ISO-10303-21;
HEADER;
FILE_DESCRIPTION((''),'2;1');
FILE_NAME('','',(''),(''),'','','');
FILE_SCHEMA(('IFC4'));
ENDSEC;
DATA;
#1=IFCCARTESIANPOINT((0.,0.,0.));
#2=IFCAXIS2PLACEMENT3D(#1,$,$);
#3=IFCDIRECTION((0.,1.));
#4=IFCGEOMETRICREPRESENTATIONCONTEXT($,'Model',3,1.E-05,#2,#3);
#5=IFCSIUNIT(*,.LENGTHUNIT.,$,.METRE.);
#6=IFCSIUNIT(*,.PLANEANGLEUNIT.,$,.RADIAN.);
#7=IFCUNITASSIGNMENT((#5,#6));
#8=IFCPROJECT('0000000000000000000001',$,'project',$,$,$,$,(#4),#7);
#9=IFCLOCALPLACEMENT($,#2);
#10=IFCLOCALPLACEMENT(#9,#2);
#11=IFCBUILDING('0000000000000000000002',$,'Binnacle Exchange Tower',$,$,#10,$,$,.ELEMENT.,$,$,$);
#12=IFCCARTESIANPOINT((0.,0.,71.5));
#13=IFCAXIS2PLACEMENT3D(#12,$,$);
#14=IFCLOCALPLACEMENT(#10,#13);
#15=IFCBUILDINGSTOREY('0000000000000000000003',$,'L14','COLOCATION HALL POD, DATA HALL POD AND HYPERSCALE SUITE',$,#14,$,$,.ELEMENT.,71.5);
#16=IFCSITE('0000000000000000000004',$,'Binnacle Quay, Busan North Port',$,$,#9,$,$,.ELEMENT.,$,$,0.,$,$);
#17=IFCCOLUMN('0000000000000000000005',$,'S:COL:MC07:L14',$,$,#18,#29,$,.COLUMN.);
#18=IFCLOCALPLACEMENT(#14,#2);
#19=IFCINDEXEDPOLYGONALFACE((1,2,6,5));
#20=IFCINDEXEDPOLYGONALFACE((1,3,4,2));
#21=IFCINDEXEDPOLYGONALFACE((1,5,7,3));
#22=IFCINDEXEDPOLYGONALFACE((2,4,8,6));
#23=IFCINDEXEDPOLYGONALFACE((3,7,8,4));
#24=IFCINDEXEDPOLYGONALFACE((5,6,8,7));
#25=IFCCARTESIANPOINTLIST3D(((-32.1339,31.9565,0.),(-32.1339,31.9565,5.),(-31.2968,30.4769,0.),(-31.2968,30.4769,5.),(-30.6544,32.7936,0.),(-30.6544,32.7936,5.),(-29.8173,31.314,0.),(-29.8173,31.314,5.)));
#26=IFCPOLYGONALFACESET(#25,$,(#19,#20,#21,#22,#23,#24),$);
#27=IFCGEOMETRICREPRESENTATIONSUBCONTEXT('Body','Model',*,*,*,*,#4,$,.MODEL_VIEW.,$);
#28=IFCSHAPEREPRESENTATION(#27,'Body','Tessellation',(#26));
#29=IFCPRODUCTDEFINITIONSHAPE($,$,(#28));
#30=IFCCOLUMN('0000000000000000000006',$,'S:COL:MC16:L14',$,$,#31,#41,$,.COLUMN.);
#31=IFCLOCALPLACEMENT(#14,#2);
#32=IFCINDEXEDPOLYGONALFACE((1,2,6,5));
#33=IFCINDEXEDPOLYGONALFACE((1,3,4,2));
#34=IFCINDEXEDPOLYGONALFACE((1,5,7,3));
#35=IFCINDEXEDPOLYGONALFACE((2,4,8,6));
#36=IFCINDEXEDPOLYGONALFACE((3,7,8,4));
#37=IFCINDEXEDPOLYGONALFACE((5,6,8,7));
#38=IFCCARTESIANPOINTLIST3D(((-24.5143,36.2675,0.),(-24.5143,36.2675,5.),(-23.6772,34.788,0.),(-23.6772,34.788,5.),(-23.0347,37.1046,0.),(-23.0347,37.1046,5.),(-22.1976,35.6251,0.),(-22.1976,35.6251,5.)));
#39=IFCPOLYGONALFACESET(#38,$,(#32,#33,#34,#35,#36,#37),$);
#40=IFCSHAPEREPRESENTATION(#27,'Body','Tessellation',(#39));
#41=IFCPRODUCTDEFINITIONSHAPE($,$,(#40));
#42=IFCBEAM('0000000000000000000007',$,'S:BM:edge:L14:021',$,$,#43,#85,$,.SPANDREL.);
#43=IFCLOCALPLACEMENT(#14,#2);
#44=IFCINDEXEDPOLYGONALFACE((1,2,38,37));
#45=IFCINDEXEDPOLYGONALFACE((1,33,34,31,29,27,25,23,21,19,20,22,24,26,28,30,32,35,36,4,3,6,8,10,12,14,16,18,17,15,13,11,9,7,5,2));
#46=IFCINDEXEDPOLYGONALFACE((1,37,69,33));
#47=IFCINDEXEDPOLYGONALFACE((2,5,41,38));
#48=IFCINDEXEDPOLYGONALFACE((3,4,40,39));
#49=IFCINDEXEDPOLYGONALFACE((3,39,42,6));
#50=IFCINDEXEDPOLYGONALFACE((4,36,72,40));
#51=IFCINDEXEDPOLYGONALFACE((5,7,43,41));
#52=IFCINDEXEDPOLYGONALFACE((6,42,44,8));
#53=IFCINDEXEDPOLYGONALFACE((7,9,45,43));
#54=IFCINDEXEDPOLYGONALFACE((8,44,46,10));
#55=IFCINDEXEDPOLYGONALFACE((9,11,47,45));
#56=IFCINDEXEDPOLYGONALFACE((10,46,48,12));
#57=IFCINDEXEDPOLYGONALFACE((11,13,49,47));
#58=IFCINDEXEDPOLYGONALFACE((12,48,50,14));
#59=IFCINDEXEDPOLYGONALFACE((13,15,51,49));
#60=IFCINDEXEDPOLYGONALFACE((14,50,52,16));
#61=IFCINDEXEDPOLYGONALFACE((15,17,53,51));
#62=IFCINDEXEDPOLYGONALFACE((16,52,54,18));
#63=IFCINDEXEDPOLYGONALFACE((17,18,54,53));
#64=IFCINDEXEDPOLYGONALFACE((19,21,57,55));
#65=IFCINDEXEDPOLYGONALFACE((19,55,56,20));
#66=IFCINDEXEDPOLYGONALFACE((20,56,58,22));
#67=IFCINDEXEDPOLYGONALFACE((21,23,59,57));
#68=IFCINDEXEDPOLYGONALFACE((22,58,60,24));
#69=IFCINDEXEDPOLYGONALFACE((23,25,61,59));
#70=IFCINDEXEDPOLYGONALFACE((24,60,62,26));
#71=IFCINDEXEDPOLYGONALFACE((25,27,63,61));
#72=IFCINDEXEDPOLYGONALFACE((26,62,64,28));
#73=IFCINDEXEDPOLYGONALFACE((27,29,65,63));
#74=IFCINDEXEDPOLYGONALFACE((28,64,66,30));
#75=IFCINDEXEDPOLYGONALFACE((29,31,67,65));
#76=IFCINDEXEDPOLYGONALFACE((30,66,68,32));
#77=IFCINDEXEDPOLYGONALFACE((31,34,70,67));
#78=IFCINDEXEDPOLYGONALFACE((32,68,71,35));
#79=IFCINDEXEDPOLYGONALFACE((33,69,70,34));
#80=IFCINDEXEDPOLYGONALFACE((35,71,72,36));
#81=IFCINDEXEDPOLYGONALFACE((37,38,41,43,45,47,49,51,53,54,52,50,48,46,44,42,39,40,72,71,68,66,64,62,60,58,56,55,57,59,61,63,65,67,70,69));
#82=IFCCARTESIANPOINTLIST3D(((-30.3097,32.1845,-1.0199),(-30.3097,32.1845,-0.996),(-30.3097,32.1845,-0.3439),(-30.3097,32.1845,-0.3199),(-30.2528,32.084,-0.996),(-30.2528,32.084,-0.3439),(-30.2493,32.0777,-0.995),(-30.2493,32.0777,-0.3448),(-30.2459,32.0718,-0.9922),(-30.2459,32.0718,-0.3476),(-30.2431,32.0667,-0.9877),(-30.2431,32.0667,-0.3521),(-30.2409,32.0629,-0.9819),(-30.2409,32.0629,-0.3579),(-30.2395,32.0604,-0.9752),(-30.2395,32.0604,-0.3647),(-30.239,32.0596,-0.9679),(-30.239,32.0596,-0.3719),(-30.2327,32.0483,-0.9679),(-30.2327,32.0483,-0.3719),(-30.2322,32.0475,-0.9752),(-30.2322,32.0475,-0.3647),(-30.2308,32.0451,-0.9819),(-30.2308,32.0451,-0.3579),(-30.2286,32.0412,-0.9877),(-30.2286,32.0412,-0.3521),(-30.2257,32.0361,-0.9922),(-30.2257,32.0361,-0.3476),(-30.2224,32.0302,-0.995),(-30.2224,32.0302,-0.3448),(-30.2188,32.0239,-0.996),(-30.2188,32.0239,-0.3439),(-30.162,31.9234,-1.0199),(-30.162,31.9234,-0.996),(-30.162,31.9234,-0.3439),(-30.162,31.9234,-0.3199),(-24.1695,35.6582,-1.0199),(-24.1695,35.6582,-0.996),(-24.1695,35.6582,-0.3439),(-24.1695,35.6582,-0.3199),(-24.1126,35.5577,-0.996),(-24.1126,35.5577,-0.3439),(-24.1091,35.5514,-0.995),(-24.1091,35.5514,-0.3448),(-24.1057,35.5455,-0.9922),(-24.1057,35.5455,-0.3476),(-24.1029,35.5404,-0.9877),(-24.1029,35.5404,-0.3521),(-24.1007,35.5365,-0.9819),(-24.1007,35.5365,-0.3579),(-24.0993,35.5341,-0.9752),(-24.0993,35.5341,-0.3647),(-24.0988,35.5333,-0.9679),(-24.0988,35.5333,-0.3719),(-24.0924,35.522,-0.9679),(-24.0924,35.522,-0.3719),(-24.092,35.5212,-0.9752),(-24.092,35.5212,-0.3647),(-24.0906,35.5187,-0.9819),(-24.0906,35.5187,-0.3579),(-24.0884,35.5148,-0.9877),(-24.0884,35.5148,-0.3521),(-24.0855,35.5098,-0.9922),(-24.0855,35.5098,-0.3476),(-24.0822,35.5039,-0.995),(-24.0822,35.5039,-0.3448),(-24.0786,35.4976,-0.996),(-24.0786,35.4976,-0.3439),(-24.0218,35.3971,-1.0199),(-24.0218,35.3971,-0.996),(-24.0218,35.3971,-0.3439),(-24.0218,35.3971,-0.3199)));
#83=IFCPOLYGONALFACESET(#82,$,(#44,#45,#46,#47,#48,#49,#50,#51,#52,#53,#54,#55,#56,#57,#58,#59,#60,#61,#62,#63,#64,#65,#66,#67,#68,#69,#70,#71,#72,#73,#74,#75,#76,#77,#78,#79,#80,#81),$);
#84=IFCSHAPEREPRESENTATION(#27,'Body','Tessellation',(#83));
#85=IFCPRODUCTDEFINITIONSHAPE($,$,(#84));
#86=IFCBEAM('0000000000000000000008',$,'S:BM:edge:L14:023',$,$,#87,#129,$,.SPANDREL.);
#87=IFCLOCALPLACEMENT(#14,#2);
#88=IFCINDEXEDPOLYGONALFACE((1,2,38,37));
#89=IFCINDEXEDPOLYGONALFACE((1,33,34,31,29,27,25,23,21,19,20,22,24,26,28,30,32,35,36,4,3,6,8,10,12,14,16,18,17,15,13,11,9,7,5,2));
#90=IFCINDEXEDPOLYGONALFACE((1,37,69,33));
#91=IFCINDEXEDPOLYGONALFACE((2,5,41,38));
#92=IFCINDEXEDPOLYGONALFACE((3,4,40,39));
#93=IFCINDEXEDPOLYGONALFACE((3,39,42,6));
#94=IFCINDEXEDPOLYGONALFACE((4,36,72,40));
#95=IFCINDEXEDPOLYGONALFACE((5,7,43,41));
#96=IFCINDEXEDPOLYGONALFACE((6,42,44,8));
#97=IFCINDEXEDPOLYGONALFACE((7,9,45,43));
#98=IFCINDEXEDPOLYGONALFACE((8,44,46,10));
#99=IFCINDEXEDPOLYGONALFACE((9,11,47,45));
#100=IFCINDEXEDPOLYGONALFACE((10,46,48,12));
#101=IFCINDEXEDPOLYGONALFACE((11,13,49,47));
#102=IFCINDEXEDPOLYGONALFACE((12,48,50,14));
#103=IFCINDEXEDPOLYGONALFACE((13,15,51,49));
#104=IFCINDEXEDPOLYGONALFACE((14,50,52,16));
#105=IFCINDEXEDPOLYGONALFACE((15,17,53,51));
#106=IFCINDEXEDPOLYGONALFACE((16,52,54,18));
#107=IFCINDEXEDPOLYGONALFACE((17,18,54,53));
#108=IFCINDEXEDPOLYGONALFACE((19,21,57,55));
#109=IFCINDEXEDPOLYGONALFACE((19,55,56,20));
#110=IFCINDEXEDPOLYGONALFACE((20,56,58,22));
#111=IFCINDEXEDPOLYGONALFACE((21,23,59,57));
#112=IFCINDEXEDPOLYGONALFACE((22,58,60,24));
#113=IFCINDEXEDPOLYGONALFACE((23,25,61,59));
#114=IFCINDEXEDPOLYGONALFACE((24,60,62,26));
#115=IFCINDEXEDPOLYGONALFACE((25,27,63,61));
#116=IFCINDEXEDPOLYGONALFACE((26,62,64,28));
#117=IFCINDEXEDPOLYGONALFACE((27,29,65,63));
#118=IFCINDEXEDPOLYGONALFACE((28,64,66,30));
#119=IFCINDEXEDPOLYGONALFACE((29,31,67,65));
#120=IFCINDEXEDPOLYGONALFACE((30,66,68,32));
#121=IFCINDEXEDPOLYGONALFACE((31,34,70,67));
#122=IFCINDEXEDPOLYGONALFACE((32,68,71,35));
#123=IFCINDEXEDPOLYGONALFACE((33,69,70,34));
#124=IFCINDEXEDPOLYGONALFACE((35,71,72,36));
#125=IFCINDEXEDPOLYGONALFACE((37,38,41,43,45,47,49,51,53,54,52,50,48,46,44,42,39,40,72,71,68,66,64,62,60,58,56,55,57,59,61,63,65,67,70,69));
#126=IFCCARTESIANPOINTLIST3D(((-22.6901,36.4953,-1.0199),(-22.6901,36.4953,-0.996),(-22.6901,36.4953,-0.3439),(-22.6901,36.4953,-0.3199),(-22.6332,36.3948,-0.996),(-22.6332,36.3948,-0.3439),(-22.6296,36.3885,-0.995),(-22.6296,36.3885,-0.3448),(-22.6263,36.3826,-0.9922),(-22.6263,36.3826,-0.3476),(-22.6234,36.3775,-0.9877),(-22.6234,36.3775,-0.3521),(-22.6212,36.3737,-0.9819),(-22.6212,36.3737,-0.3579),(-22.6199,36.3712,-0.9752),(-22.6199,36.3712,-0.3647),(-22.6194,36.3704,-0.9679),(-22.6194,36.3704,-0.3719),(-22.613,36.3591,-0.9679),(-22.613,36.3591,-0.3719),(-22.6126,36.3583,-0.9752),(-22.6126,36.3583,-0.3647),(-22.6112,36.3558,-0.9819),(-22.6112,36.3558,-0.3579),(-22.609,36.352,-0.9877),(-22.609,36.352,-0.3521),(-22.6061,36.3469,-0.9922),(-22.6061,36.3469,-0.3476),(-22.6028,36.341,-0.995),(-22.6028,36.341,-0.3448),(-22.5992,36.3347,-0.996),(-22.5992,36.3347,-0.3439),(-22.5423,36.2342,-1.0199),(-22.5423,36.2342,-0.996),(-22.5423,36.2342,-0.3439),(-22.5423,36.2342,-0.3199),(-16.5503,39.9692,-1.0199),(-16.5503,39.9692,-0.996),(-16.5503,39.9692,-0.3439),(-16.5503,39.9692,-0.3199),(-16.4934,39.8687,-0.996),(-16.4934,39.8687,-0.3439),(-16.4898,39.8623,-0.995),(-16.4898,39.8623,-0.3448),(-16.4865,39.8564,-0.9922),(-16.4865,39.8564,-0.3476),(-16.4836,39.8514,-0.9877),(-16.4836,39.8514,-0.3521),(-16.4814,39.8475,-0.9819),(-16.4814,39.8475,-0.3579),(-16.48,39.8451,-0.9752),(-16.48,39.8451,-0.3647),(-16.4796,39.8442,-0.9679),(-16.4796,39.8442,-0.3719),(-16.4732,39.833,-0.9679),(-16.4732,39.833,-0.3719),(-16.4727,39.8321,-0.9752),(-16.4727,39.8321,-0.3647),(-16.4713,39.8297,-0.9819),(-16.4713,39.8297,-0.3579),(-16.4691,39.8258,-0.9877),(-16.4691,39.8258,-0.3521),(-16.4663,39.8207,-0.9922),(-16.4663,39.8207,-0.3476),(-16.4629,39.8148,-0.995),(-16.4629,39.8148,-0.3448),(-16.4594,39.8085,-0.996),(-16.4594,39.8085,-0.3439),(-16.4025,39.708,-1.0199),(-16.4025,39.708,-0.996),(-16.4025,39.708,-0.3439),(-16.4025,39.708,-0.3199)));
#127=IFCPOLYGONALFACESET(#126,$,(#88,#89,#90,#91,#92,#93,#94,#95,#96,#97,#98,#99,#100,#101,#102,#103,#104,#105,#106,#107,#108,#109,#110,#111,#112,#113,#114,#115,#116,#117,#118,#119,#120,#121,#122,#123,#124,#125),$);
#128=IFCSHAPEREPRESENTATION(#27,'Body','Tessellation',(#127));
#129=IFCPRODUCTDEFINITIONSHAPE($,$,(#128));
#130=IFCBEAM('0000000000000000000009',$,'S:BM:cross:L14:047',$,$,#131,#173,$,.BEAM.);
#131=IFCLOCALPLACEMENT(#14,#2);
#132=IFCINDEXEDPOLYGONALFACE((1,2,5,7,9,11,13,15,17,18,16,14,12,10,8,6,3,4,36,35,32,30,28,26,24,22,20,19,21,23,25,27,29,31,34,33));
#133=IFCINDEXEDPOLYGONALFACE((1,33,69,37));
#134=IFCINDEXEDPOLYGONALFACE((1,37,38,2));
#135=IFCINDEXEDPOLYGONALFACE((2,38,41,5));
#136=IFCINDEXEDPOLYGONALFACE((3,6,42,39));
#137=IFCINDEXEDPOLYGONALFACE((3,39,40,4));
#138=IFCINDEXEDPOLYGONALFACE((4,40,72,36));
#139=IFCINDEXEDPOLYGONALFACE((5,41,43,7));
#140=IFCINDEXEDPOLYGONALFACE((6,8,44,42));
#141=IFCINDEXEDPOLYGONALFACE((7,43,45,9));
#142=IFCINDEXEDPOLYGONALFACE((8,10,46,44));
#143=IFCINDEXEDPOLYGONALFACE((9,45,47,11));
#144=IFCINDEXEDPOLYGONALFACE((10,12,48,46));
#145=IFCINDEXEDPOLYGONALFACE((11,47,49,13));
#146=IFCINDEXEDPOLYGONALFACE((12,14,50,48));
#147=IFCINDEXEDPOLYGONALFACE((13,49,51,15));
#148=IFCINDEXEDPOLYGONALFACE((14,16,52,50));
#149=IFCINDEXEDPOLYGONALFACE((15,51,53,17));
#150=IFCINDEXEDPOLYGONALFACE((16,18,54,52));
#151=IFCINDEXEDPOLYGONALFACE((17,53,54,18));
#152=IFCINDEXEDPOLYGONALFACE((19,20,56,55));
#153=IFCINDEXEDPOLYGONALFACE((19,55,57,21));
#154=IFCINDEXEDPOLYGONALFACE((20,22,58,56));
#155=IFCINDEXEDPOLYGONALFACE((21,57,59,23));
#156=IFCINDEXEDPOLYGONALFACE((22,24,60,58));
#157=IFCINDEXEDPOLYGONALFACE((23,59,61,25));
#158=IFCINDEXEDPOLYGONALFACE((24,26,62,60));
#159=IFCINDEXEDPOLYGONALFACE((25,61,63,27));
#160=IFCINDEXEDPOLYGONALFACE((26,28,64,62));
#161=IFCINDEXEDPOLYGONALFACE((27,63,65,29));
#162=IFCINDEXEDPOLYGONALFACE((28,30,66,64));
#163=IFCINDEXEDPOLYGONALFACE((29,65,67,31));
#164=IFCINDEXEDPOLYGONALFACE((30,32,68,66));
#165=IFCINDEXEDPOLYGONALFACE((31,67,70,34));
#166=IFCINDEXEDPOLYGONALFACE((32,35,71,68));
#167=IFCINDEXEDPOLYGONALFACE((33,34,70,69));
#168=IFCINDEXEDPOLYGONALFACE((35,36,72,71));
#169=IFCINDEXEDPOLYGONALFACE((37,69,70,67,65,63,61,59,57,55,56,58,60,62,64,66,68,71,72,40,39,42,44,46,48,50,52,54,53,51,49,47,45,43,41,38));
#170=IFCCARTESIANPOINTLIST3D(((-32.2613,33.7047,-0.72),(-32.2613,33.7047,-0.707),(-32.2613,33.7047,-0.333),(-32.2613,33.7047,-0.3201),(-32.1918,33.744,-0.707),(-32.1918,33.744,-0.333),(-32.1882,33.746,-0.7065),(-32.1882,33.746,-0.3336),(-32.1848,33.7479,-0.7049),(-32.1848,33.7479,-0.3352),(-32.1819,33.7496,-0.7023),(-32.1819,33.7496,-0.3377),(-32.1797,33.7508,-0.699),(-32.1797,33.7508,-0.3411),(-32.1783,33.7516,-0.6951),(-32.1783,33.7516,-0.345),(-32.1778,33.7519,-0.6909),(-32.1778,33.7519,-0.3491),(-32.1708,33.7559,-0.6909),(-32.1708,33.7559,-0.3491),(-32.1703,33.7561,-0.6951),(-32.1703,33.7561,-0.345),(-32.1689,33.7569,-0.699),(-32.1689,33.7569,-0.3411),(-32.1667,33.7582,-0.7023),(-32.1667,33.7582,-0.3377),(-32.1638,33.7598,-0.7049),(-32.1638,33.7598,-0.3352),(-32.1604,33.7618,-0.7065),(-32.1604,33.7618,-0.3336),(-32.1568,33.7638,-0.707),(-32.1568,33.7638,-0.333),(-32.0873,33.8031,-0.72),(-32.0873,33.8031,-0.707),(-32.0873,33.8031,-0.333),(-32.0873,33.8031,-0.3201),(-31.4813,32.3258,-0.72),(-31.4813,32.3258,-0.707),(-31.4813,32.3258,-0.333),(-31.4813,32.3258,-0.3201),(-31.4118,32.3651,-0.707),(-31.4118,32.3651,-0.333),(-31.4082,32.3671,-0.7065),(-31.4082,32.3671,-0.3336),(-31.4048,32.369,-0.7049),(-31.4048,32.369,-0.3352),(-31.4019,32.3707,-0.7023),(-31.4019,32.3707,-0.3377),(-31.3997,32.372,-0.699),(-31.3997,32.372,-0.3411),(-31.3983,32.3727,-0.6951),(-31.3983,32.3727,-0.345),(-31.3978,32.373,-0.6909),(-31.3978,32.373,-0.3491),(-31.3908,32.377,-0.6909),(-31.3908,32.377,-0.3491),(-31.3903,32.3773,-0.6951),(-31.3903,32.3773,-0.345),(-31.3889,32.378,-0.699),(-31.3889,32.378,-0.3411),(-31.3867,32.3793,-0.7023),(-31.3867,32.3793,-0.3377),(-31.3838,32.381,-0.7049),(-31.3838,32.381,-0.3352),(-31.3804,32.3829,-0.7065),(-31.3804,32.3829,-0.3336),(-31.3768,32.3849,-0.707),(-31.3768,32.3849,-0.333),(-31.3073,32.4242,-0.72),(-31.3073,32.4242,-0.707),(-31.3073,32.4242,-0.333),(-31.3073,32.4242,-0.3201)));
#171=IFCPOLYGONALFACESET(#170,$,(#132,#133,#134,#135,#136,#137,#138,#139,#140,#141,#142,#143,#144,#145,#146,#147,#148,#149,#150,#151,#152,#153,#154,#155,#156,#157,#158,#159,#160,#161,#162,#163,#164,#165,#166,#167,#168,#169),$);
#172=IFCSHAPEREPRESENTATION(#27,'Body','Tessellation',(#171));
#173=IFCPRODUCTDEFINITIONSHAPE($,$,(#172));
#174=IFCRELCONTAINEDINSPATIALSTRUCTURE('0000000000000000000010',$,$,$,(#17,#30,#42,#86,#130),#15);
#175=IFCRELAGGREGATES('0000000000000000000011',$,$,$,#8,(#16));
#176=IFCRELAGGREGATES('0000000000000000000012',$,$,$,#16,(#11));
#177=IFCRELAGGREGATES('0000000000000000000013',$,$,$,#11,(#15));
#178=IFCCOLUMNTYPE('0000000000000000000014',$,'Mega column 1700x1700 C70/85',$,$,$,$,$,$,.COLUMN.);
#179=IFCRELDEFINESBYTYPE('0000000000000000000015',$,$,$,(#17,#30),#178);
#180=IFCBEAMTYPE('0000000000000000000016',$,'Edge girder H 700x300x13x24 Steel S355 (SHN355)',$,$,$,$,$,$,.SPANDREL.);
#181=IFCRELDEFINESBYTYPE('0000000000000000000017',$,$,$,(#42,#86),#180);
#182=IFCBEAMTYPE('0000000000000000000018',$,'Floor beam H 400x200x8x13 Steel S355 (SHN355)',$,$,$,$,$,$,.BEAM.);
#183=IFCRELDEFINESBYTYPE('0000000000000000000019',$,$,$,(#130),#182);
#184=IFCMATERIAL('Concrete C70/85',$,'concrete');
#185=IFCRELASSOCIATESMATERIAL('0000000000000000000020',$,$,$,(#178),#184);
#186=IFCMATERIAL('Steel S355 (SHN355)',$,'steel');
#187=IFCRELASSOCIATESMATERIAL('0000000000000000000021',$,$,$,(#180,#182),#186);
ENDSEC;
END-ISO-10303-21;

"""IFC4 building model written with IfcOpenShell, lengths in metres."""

from ifc_helpers import new_model, si_unit, direction, frame, origin, origin_2d, place, context, subcontext, project, spatial, rectangle, i_section, extrude, material, material_profile, profile_set, type_object, element, save


model = new_model("IFC4")

# Units and contexts
model_context = context("Model", 3, precision=1e-05, world=origin(), true_north=direction((0.0, 1.0)))
body_context = subcontext(model_context, "Body", "Model", "MODEL_VIEW")
ifc_project = project(units=[si_unit("LENGTHUNIT", "METRE"), si_unit("PLANEANGLEUNIT", "RADIAN")], contexts=[model_context])

# Site, building, storey
site_placement = place(None, origin())
site = spatial("IfcSite", under=ifc_project, at=site_placement, Name="Binnacle Quay, Busan North Port", CompositionType="ELEMENT", RefElevation=0.0)
building_placement = place(site_placement, origin())
building = spatial("IfcBuilding", under=site, at=building_placement, Name="Binnacle Exchange Tower", CompositionType="ELEMENT")
storey_placement = place(building_placement, frame((0.0, 0.0, 71.5)))
storey = spatial("IfcBuildingStorey", under=building, at=storey_placement, Name="L14", Description="COLOCATION HALL POD, DATA HALL POD AND HYPERSCALE SUITE", CompositionType="ELEMENT", Elevation=71.5)

# Columns
ifc_material_1 = material(Name="Concrete C70/85", Category="concrete")
ifc_material_profile_1 = material_profile(ifc_material_1, rectangle(XDim=1.7, YDim=1.7, at=origin_2d()), Name="Mega column 1700x1700 C70/85")
ifc_profile_set_1 = profile_set([ifc_material_profile_1], Name="Concrete C70/85")
column_type = type_object("IfcColumnType", Name="Mega column 1700x1700 C70/85", PredefinedType="COLUMN", material=ifc_profile_set_1)
for number, where, z_axis, x_axis, name in (
    (1, (-30.9756, 31.6353, 0.0), (0.0, 0.0, 1.0), (0.870356, 0.492424, 0.0), "S:COL:MC07:L14"),
    (2, (-23.356, 35.9463, 0.0), (0.0, 0.0, 1.0), (0.870356, 0.492424, 0.0), "S:COL:MC16:L14"),
):
    element("IfcColumn", number, at=place(storey_placement, frame(where, z_axis=z_axis, x_axis=x_axis)), inside=storey, type_object=column_type, Name=name, PredefinedType="COLUMN", context=body_context, shape_type="SweptSolid", body=[
        extrude(rectangle(XDim=1.7, YDim=1.7, at=origin_2d()), origin(), (0.0, 0.0, 1.0), 5.0),
    ])

# Beams
ifc_material_2 = material(Name="Steel S355 (SHN355)", Category="steel")
ifc_material_profile_2 = material_profile(ifc_material_2, i_section(OverallWidth=0.3, OverallDepth=0.7, WebThickness=0.0129, FlangeThickness=0.0239, FilletRadius=0.0281, at=origin_2d()), Name="H 700x300x13x24")
ifc_profile_set_2 = profile_set([ifc_material_profile_2], Name="Steel S355 (SHN355)")
beam_type_1 = type_object("IfcBeamType", Name="Edge girder H 700x300x13x24 Steel S355 (SHN355)", PredefinedType="SPANDREL", material=ifc_profile_set_2)
beam_1_placement = place(storey_placement, frame((-30.2358, 32.054, -0.6699), z_axis=(0.870373, 0.492392, 0.0), x_axis=(-0.492392, 0.870373, 0.0)))
element("IfcBeam", 3, at=beam_1_placement, inside=storey, type_object=beam_type_1, Name="S:BM:edge:L14:021", PredefinedType="SPANDREL", context=body_context, shape_type="SweptSolid", body=[
    extrude(i_section(OverallWidth=0.3, OverallDepth=0.7, WebThickness=0.0129, FlangeThickness=0.0239, FilletRadius=0.0281, at=origin_2d()), origin(), (0.0, 0.0, 1.0), 7.0547),
])
beam_2_placement = place(storey_placement, frame((-22.6162, 36.3647, -0.6699), z_axis=(0.87035, 0.492434, 0.0), x_axis=(-0.492434, 0.87035, 0.0)))
element("IfcBeam", 4, at=beam_2_placement, inside=storey, type_object=beam_type_1, Name="S:BM:edge:L14:023", PredefinedType="SPANDREL", context=body_context, shape_type="SweptSolid", body=[
    extrude(i_section(OverallWidth=0.3, OverallDepth=0.7, WebThickness=0.0129, FlangeThickness=0.0239, FilletRadius=0.0281, at=origin_2d()), origin(), (0.0, 0.0, 1.0), 7.0544),
])
ifc_material_profile_3 = material_profile(ifc_material_2, i_section(OverallWidth=0.2, OverallDepth=0.3999, WebThickness=0.0081, FlangeThickness=0.0129, FilletRadius=0.0161, at=origin_2d()), Name="H 400x200x8x13")
ifc_profile_set_3 = profile_set([ifc_material_profile_3], Name="Steel S355 (SHN355)")
beam_type_2 = type_object("IfcBeamType", Name="Floor beam H 400x200x8x13 Steel S355 (SHN355)", PredefinedType="BEAM", material=ifc_profile_set_3)
beam_3_placement = place(storey_placement, frame((-31.3943, 32.375, -0.52), z_axis=(-0.492367, 0.870388, 0.0), x_axis=(-0.870388, -0.492367, 0.0)))
element("IfcBeam", 5, at=beam_3_placement, inside=storey, type_object=beam_type_2, Name="S:BM:cross:L14:047", PredefinedType="BEAM", context=body_context, shape_type="SweptSolid", body=[
    extrude(i_section(OverallWidth=0.2, OverallDepth=0.3999, WebThickness=0.0081, FlangeThickness=0.0129, FilletRadius=0.0161, at=origin_2d()), origin(), (0.0, 0.0, 1.0), 1.5842),
])

save(model, "model.ifc")
